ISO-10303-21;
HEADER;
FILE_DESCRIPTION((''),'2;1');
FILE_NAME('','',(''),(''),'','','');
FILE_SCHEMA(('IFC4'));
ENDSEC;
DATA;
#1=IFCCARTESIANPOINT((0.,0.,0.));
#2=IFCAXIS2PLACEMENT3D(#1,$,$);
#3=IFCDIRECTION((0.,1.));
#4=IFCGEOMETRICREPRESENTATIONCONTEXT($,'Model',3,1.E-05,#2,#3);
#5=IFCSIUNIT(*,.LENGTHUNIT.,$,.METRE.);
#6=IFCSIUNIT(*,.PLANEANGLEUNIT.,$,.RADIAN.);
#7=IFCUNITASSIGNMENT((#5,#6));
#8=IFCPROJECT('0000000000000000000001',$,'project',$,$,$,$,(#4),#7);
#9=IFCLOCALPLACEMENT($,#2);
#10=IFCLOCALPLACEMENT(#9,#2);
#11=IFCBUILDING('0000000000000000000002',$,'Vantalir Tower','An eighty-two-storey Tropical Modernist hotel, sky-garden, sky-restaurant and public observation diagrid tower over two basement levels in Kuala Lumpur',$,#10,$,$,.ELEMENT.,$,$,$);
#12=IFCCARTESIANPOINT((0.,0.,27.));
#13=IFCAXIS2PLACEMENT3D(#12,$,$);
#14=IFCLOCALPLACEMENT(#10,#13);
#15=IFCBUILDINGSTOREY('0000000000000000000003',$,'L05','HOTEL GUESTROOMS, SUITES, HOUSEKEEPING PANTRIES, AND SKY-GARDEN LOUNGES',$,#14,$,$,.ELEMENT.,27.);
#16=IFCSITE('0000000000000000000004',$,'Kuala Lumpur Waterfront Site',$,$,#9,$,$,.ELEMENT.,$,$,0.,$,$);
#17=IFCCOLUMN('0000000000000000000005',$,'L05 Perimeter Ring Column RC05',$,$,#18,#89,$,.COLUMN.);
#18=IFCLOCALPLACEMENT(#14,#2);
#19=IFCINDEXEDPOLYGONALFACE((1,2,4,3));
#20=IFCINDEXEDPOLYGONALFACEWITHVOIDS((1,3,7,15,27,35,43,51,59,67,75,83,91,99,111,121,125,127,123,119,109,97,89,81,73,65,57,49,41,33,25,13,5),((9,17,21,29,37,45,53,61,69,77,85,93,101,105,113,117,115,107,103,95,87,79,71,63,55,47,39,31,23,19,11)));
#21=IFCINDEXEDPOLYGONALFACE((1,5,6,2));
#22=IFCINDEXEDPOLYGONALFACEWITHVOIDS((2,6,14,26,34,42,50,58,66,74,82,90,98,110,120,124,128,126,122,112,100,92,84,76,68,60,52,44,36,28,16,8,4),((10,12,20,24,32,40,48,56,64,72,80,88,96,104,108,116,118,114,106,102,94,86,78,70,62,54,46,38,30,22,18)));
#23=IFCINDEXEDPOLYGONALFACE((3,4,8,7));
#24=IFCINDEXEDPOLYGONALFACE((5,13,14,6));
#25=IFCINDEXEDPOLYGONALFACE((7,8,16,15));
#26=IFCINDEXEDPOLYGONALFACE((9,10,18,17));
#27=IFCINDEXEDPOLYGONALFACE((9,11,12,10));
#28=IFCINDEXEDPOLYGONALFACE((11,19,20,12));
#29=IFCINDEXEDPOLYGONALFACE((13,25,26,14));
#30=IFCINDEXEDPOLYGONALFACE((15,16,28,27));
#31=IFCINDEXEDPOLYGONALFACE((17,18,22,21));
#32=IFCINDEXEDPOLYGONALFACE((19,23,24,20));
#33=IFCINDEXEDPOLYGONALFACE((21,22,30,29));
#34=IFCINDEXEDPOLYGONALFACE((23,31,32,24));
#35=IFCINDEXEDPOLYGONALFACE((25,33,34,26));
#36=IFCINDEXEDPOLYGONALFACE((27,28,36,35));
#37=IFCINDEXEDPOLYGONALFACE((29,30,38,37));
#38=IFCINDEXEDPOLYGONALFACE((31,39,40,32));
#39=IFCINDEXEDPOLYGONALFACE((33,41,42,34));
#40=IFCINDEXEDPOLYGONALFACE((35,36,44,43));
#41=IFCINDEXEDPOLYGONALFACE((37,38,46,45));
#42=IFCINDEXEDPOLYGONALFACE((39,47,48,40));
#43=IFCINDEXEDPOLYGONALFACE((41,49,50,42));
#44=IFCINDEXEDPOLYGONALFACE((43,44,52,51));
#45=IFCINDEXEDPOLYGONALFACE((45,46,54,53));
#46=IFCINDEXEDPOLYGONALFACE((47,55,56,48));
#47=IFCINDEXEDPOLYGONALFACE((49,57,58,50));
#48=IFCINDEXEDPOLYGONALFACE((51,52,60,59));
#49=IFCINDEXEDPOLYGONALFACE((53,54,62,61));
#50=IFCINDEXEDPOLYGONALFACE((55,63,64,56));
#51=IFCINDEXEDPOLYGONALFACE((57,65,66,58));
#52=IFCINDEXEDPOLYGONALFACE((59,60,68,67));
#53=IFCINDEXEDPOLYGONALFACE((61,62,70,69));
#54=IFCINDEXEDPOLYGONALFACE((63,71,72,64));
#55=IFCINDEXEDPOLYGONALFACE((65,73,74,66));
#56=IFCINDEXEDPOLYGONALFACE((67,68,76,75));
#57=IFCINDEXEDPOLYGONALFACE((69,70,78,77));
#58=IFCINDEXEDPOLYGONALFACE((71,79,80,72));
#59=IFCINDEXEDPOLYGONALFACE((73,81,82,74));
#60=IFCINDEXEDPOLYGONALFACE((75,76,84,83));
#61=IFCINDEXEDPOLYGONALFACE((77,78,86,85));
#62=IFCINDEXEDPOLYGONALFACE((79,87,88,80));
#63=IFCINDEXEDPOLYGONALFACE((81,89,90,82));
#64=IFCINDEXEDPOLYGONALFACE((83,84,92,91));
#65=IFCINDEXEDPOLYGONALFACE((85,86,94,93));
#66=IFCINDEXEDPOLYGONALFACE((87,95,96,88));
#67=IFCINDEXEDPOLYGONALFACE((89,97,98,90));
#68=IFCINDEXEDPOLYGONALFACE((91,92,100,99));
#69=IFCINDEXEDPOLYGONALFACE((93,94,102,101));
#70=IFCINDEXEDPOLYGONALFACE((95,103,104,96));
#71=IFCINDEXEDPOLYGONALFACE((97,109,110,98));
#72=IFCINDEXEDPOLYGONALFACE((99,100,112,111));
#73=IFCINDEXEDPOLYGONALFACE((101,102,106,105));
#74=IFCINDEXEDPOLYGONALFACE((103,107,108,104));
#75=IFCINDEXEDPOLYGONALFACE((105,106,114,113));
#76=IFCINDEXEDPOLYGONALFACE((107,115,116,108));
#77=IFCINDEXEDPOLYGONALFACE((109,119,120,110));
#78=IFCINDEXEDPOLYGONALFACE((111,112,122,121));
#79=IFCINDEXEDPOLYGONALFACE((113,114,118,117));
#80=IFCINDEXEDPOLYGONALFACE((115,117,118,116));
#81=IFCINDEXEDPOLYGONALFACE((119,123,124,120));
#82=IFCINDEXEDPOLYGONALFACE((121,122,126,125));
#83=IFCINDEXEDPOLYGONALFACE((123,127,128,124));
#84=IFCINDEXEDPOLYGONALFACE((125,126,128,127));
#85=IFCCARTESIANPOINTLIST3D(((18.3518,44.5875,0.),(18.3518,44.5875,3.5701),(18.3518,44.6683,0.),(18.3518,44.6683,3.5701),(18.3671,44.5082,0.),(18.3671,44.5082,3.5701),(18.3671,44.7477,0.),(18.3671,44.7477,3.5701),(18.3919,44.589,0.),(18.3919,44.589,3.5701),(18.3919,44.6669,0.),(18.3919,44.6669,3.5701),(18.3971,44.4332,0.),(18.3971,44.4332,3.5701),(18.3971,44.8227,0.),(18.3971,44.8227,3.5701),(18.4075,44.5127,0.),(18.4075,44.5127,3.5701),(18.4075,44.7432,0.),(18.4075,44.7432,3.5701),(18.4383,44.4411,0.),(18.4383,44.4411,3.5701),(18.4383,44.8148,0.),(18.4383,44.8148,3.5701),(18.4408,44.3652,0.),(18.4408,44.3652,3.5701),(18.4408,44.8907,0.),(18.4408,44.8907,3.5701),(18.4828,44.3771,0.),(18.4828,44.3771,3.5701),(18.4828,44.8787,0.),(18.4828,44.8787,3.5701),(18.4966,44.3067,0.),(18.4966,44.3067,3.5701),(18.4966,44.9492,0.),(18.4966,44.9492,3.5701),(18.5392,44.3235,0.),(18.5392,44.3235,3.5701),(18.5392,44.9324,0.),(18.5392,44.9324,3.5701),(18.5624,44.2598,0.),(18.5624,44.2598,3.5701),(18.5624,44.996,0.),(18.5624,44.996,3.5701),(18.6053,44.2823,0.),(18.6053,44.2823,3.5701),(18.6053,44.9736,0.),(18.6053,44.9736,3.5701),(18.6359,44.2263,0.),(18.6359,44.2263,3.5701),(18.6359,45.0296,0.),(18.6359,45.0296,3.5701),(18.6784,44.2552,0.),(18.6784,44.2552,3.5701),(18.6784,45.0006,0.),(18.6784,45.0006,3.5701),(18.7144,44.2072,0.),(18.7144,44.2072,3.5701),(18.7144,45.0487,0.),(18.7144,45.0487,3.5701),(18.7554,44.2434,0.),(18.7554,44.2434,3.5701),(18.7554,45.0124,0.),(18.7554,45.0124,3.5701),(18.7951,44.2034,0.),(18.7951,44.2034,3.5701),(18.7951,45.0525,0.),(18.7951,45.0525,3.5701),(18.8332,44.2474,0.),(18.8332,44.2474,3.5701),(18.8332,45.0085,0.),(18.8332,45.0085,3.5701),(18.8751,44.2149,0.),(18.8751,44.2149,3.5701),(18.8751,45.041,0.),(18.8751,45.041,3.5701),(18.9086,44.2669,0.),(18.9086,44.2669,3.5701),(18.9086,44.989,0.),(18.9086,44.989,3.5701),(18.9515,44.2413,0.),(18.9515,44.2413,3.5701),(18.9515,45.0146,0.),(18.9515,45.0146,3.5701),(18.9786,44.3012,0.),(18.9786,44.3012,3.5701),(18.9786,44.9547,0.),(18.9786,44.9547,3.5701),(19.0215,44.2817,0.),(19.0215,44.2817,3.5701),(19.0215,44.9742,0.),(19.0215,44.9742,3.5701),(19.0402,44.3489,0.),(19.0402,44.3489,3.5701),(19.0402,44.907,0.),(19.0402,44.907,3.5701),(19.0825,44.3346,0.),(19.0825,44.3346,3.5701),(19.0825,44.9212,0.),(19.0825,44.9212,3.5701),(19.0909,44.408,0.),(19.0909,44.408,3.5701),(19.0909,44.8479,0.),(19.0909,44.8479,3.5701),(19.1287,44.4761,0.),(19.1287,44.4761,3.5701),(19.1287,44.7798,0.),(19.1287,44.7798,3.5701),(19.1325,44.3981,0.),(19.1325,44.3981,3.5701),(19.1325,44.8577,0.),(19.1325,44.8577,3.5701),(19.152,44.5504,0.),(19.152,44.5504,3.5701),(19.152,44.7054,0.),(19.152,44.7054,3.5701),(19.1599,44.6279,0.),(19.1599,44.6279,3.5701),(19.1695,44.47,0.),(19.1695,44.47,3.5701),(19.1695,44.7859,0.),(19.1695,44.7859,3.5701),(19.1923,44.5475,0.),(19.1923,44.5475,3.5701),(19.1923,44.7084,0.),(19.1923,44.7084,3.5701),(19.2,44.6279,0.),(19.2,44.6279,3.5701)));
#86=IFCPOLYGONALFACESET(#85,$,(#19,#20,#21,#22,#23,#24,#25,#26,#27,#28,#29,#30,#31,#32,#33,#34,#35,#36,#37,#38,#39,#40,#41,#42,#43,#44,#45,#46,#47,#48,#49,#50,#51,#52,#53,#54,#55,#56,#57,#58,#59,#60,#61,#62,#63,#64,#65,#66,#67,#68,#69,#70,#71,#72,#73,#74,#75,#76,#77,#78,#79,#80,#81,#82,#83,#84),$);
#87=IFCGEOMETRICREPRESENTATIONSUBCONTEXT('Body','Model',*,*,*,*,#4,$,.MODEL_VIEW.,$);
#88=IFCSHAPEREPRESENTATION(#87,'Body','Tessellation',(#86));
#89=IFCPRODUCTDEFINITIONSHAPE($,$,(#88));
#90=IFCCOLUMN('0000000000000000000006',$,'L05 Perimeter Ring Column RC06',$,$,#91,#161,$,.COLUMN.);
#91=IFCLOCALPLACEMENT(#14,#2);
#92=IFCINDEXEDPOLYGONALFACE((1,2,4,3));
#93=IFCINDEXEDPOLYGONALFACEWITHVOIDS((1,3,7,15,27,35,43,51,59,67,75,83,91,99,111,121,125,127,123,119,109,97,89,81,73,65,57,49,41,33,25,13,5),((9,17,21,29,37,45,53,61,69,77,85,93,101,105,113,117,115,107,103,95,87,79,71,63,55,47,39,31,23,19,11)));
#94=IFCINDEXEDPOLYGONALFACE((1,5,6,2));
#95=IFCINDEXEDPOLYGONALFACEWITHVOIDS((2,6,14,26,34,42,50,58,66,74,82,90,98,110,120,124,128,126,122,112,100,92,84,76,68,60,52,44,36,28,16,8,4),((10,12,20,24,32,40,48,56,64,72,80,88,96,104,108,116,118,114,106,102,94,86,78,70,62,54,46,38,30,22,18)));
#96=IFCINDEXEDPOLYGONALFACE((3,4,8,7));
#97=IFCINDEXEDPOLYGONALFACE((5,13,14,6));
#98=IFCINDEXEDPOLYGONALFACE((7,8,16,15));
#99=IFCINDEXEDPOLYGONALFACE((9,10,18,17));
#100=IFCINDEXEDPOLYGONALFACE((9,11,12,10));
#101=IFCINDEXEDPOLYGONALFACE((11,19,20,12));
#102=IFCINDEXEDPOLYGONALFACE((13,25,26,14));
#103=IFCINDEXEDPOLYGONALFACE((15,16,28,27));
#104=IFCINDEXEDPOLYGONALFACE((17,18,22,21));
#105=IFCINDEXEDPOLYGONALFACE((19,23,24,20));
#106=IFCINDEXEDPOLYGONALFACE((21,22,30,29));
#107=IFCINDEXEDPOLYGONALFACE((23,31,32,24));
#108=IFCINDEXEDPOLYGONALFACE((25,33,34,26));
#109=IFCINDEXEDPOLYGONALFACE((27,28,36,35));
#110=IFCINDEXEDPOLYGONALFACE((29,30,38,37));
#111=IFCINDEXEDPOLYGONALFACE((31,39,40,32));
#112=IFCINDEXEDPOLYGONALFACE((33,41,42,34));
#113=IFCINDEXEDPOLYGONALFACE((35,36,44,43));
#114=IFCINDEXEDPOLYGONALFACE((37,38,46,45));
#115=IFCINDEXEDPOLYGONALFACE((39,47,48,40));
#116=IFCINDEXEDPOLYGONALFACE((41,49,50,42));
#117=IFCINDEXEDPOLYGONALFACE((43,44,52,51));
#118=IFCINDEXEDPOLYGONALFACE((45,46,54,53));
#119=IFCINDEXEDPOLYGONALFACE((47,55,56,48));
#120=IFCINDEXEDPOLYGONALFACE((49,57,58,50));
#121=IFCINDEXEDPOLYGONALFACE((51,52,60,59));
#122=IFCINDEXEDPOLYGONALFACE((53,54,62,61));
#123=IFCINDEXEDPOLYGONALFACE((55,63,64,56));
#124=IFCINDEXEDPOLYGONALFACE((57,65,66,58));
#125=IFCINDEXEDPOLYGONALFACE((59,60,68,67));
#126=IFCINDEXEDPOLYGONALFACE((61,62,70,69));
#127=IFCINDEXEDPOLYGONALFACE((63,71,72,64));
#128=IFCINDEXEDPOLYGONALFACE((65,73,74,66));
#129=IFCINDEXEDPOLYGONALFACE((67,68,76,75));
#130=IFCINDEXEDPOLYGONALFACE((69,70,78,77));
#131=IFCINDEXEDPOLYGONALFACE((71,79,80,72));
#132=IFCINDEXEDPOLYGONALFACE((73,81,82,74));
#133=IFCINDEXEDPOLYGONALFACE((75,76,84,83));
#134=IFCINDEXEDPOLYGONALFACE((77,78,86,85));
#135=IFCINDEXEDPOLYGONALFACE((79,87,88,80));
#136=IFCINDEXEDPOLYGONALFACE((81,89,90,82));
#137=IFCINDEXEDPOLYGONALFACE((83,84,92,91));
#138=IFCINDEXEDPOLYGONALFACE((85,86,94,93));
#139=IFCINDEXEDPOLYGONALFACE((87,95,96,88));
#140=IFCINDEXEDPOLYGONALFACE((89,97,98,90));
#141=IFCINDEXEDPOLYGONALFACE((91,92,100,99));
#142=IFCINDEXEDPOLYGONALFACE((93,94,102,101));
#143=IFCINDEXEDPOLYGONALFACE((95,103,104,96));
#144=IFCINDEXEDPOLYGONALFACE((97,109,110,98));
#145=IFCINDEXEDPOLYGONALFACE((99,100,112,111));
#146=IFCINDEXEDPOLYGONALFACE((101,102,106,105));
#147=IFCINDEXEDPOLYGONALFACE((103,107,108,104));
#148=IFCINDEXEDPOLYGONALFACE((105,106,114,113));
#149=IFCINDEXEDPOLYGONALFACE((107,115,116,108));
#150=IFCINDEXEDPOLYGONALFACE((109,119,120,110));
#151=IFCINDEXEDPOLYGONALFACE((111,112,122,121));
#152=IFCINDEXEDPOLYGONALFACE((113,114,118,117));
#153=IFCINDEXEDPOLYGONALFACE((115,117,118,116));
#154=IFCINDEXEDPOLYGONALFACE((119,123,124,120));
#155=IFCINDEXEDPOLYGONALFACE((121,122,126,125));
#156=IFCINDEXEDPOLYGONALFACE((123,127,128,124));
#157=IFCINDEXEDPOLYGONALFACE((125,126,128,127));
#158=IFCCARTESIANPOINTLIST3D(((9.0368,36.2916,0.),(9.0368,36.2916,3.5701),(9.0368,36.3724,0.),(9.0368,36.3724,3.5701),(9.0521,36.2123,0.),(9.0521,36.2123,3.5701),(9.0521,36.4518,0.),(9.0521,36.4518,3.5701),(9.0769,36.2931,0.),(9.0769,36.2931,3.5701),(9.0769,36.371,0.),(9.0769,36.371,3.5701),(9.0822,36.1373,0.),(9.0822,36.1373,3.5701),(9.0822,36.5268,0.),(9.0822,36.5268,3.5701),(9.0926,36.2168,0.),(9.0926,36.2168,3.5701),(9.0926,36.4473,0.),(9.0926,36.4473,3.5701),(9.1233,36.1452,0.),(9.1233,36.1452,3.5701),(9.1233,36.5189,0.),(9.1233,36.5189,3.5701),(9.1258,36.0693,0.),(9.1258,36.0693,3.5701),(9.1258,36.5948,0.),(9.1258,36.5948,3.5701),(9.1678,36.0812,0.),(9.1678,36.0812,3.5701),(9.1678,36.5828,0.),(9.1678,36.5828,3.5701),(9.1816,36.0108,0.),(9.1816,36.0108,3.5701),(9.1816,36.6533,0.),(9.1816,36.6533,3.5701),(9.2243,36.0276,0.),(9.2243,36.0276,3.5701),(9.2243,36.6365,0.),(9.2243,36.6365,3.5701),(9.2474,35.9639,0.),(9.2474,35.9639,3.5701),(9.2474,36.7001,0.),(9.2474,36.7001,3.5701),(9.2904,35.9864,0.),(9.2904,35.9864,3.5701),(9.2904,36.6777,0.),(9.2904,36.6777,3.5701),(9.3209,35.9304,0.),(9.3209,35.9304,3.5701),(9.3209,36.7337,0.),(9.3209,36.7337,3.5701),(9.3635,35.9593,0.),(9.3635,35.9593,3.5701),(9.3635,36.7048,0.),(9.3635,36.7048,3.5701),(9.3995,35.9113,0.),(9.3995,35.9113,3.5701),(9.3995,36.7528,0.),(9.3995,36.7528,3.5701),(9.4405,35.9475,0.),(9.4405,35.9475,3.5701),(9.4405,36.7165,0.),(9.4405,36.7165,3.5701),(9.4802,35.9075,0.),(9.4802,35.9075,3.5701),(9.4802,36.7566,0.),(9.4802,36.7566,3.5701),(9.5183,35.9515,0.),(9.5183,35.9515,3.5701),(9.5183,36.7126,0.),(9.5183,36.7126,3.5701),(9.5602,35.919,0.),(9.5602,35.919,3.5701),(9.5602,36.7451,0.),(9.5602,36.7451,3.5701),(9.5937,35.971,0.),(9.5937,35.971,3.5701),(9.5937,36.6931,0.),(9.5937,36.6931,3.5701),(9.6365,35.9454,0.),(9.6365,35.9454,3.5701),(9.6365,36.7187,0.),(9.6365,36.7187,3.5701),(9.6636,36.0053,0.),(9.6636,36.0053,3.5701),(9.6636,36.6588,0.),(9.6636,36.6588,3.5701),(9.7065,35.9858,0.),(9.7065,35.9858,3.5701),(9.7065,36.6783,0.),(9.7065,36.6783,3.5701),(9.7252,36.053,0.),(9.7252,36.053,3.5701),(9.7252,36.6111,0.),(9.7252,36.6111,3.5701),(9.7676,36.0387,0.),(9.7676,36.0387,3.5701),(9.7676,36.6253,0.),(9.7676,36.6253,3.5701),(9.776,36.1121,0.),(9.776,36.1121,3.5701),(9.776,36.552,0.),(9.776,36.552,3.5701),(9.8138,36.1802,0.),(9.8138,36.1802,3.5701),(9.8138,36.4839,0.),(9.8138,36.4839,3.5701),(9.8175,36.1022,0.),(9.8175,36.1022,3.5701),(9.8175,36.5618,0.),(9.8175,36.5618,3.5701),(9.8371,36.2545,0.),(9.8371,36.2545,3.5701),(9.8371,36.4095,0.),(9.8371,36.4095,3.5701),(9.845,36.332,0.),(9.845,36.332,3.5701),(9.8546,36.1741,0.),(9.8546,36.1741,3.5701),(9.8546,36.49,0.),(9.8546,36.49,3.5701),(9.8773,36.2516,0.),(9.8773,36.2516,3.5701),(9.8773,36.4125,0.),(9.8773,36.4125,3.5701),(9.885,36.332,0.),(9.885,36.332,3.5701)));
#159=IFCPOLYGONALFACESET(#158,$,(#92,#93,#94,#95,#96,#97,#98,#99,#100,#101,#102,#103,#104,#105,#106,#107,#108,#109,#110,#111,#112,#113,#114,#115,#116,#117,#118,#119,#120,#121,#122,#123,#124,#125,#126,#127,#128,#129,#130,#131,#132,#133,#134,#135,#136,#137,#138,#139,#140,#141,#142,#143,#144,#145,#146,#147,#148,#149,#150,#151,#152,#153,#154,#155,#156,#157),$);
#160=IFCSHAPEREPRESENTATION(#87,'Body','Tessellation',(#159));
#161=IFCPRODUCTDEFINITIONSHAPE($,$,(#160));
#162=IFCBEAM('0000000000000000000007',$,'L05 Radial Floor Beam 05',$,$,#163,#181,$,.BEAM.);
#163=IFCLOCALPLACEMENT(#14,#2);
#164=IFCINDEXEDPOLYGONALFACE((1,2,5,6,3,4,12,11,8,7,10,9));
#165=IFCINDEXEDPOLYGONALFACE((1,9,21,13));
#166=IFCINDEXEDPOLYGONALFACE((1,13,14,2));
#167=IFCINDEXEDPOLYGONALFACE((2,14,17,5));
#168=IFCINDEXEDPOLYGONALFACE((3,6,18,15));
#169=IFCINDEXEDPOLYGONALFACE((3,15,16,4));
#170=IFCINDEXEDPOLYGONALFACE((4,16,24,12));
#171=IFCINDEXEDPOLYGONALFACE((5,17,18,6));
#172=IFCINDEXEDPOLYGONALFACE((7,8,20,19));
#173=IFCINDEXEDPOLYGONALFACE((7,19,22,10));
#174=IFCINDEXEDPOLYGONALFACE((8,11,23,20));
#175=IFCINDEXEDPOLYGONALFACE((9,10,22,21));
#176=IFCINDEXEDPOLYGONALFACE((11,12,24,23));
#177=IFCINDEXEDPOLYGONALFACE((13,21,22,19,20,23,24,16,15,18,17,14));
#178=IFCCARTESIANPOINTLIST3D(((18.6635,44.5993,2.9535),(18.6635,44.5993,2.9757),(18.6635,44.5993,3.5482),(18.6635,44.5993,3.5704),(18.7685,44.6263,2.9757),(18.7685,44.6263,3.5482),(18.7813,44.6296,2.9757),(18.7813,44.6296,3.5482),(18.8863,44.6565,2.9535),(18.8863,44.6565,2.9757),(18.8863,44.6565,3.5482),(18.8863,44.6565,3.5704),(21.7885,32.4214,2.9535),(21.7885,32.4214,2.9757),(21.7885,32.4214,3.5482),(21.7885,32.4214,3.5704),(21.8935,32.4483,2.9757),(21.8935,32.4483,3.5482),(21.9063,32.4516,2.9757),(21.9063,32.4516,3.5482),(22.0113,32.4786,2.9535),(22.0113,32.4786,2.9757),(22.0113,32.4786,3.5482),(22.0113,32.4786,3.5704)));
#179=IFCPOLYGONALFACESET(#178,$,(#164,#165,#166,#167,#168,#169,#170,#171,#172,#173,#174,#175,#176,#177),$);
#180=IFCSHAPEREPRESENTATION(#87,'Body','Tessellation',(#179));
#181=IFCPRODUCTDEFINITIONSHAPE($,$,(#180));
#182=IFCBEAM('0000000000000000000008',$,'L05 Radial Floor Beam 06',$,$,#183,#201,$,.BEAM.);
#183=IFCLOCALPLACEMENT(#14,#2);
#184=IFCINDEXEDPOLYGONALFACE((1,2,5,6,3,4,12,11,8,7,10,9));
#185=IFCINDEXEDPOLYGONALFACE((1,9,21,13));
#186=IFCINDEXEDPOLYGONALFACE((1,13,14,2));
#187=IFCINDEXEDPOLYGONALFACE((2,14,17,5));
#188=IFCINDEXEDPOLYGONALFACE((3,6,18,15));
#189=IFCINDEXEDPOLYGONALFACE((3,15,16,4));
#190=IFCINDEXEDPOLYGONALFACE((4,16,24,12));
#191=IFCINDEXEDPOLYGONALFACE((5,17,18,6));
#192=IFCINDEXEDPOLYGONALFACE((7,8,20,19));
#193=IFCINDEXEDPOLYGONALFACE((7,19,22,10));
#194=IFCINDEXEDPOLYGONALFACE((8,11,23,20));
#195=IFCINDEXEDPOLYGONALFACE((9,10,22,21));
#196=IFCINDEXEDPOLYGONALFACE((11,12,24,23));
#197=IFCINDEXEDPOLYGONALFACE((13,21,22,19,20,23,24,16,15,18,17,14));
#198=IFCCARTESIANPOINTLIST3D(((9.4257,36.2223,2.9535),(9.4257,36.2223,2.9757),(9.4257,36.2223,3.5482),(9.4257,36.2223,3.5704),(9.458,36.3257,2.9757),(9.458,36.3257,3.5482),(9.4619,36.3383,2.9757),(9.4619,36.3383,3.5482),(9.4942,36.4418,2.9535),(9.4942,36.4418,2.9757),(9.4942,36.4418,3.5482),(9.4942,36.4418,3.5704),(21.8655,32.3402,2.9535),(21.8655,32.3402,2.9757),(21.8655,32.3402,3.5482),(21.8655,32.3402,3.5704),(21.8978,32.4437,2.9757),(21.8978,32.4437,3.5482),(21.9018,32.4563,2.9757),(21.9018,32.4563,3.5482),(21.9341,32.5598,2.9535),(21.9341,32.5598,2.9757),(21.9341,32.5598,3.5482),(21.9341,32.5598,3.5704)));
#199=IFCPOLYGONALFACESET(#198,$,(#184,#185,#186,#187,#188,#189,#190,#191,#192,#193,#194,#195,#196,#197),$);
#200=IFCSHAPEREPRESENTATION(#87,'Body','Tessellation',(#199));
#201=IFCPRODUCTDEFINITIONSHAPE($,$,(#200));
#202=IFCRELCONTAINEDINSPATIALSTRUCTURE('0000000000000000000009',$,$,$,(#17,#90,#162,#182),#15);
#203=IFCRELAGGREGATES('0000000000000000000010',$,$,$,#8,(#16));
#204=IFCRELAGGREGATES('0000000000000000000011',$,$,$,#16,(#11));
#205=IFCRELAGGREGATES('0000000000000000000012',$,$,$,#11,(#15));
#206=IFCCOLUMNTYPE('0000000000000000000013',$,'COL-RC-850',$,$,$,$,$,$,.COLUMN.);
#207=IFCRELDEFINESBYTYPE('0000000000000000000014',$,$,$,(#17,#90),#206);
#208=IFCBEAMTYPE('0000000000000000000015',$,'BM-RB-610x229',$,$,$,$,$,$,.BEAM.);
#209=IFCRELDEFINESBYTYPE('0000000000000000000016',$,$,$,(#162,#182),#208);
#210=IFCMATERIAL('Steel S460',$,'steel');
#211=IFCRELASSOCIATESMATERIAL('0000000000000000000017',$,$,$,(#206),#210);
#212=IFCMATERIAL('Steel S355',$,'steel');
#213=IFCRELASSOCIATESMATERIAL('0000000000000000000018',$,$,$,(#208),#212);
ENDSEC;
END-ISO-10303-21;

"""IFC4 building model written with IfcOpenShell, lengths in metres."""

from ifc_helpers import new_model, si_unit, direction, frame, origin, origin_2d, place, context, subcontext, project, spatial, hollow_circle, i_section, extrude, material, material_profile, profile_set, type_object, element, save


model = new_model("IFC4")

# Units and contexts
model_context = context("Model", 3, precision=1e-05, world=origin(), true_north=direction((0.0, 1.0)))
body_context = subcontext(model_context, "Body", "Model", "MODEL_VIEW")
ifc_project = project(units=[si_unit("LENGTHUNIT", "METRE"), si_unit("PLANEANGLEUNIT", "RADIAN")], contexts=[model_context])

# Site, building, storey
site_placement = place(None, origin())
site = spatial("IfcSite", under=ifc_project, at=site_placement, Name="Kuala Lumpur Waterfront Site", CompositionType="ELEMENT", RefElevation=0.0)
building_placement = place(site_placement, origin())
building = spatial("IfcBuilding", under=site, at=building_placement, Name="Vantalir Tower", Description="An eighty-two-storey Tropical Modernist hotel, sky-garden, sky-restaurant and public observation diagrid tower over two basement levels in Kuala Lumpur", CompositionType="ELEMENT")
storey_placement = place(building_placement, frame((0.0, 0.0, 27.0)))
storey = spatial("IfcBuildingStorey", under=building, at=storey_placement, Name="L05", Description="HOTEL GUESTROOMS, SUITES, HOUSEKEEPING PANTRIES, AND SKY-GARDEN LOUNGES", CompositionType="ELEMENT", Elevation=27.0)

# Columns
ifc_material_1 = material(Name="Steel S460", Category="steel")
ifc_material_profile_1 = material_profile(ifc_material_1, hollow_circle(Radius=0.425, WallThickness=0.04, at=origin_2d()), Name="Steel S460")
ifc_profile_set_1 = profile_set([ifc_material_profile_1], Name="Steel S460")
column_type = type_object("IfcColumnType", Name="COL-RC-850", PredefinedType="COLUMN", material=ifc_profile_set_1)
for number, where, z_axis, x_axis, name in (
    (1, (18.7749, 44.6279, 0.0), (0.0, 0.0, 1.0), (1.0, 0.0, 0.0), "L05 Perimeter Ring Column RC05"),
    (2, (9.46, 36.332, 0.0), (0.0, 0.0, 1.0), (1.0, 0.0, 0.0), "L05 Perimeter Ring Column RC06"),
):
    element("IfcColumn", number, at=place(storey_placement, frame(where, z_axis=z_axis, x_axis=x_axis)), inside=storey, type_object=column_type, Name=name, PredefinedType="COLUMN", context=body_context, shape_type="SweptSolid", body=[
        extrude(hollow_circle(Radius=0.425, WallThickness=0.04, at=origin_2d()), origin(), (0.0, 0.0, 1.0), 3.5701),
    ])

# Beams
ifc_material_2 = material(Name="Steel S355", Category="steel")
ifc_material_profile_2 = material_profile(ifc_material_2, i_section(OverallWidth=0.23, OverallDepth=0.6169, WebThickness=0.0132, FlangeThickness=0.0222, at=origin_2d()), Name="Steel S355")
ifc_profile_set_2 = profile_set([ifc_material_profile_2], Name="Steel S355")
beam_type_1 = type_object("IfcBeamType", Name="BM-RB-610x229", PredefinedType="BEAM", material=ifc_profile_set_2)
beam_1_placement = place(storey_placement, frame((18.7749, 44.6279, 3.262), z_axis=(0.248558, -0.968617, 0.0), x_axis=(0.968617, 0.248558, 0.0)))
element("IfcBeam", 3, at=beam_1_placement, inside=storey, type_object=beam_type_1, Name="L05 Radial Floor Beam 05", PredefinedType="BEAM", context=body_context, shape_type="SweptSolid", body=[
    extrude(i_section(OverallWidth=0.23, OverallDepth=0.6169, WebThickness=0.0132, FlangeThickness=0.0222, at=origin_2d()), origin(), (0.0, 0.0, 1.0), 12.5725),
])
beam_2_placement = place(storey_placement, frame((9.46, 36.332, 3.262), z_axis=(0.954598, -0.297897, 0.0), x_axis=(0.297897, 0.954598, 0.0)))
element("IfcBeam", 4, at=beam_2_placement, inside=storey, type_object=beam_type_1, Name="L05 Radial Floor Beam 06", PredefinedType="BEAM", context=body_context, shape_type="SweptSolid", body=[
    extrude(i_section(OverallWidth=0.23, OverallDepth=0.6169, WebThickness=0.0132, FlangeThickness=0.0222, at=origin_2d()), origin(), (0.0, 0.0, 1.0), 13.0315),
])

save(model, "model.ifc")
